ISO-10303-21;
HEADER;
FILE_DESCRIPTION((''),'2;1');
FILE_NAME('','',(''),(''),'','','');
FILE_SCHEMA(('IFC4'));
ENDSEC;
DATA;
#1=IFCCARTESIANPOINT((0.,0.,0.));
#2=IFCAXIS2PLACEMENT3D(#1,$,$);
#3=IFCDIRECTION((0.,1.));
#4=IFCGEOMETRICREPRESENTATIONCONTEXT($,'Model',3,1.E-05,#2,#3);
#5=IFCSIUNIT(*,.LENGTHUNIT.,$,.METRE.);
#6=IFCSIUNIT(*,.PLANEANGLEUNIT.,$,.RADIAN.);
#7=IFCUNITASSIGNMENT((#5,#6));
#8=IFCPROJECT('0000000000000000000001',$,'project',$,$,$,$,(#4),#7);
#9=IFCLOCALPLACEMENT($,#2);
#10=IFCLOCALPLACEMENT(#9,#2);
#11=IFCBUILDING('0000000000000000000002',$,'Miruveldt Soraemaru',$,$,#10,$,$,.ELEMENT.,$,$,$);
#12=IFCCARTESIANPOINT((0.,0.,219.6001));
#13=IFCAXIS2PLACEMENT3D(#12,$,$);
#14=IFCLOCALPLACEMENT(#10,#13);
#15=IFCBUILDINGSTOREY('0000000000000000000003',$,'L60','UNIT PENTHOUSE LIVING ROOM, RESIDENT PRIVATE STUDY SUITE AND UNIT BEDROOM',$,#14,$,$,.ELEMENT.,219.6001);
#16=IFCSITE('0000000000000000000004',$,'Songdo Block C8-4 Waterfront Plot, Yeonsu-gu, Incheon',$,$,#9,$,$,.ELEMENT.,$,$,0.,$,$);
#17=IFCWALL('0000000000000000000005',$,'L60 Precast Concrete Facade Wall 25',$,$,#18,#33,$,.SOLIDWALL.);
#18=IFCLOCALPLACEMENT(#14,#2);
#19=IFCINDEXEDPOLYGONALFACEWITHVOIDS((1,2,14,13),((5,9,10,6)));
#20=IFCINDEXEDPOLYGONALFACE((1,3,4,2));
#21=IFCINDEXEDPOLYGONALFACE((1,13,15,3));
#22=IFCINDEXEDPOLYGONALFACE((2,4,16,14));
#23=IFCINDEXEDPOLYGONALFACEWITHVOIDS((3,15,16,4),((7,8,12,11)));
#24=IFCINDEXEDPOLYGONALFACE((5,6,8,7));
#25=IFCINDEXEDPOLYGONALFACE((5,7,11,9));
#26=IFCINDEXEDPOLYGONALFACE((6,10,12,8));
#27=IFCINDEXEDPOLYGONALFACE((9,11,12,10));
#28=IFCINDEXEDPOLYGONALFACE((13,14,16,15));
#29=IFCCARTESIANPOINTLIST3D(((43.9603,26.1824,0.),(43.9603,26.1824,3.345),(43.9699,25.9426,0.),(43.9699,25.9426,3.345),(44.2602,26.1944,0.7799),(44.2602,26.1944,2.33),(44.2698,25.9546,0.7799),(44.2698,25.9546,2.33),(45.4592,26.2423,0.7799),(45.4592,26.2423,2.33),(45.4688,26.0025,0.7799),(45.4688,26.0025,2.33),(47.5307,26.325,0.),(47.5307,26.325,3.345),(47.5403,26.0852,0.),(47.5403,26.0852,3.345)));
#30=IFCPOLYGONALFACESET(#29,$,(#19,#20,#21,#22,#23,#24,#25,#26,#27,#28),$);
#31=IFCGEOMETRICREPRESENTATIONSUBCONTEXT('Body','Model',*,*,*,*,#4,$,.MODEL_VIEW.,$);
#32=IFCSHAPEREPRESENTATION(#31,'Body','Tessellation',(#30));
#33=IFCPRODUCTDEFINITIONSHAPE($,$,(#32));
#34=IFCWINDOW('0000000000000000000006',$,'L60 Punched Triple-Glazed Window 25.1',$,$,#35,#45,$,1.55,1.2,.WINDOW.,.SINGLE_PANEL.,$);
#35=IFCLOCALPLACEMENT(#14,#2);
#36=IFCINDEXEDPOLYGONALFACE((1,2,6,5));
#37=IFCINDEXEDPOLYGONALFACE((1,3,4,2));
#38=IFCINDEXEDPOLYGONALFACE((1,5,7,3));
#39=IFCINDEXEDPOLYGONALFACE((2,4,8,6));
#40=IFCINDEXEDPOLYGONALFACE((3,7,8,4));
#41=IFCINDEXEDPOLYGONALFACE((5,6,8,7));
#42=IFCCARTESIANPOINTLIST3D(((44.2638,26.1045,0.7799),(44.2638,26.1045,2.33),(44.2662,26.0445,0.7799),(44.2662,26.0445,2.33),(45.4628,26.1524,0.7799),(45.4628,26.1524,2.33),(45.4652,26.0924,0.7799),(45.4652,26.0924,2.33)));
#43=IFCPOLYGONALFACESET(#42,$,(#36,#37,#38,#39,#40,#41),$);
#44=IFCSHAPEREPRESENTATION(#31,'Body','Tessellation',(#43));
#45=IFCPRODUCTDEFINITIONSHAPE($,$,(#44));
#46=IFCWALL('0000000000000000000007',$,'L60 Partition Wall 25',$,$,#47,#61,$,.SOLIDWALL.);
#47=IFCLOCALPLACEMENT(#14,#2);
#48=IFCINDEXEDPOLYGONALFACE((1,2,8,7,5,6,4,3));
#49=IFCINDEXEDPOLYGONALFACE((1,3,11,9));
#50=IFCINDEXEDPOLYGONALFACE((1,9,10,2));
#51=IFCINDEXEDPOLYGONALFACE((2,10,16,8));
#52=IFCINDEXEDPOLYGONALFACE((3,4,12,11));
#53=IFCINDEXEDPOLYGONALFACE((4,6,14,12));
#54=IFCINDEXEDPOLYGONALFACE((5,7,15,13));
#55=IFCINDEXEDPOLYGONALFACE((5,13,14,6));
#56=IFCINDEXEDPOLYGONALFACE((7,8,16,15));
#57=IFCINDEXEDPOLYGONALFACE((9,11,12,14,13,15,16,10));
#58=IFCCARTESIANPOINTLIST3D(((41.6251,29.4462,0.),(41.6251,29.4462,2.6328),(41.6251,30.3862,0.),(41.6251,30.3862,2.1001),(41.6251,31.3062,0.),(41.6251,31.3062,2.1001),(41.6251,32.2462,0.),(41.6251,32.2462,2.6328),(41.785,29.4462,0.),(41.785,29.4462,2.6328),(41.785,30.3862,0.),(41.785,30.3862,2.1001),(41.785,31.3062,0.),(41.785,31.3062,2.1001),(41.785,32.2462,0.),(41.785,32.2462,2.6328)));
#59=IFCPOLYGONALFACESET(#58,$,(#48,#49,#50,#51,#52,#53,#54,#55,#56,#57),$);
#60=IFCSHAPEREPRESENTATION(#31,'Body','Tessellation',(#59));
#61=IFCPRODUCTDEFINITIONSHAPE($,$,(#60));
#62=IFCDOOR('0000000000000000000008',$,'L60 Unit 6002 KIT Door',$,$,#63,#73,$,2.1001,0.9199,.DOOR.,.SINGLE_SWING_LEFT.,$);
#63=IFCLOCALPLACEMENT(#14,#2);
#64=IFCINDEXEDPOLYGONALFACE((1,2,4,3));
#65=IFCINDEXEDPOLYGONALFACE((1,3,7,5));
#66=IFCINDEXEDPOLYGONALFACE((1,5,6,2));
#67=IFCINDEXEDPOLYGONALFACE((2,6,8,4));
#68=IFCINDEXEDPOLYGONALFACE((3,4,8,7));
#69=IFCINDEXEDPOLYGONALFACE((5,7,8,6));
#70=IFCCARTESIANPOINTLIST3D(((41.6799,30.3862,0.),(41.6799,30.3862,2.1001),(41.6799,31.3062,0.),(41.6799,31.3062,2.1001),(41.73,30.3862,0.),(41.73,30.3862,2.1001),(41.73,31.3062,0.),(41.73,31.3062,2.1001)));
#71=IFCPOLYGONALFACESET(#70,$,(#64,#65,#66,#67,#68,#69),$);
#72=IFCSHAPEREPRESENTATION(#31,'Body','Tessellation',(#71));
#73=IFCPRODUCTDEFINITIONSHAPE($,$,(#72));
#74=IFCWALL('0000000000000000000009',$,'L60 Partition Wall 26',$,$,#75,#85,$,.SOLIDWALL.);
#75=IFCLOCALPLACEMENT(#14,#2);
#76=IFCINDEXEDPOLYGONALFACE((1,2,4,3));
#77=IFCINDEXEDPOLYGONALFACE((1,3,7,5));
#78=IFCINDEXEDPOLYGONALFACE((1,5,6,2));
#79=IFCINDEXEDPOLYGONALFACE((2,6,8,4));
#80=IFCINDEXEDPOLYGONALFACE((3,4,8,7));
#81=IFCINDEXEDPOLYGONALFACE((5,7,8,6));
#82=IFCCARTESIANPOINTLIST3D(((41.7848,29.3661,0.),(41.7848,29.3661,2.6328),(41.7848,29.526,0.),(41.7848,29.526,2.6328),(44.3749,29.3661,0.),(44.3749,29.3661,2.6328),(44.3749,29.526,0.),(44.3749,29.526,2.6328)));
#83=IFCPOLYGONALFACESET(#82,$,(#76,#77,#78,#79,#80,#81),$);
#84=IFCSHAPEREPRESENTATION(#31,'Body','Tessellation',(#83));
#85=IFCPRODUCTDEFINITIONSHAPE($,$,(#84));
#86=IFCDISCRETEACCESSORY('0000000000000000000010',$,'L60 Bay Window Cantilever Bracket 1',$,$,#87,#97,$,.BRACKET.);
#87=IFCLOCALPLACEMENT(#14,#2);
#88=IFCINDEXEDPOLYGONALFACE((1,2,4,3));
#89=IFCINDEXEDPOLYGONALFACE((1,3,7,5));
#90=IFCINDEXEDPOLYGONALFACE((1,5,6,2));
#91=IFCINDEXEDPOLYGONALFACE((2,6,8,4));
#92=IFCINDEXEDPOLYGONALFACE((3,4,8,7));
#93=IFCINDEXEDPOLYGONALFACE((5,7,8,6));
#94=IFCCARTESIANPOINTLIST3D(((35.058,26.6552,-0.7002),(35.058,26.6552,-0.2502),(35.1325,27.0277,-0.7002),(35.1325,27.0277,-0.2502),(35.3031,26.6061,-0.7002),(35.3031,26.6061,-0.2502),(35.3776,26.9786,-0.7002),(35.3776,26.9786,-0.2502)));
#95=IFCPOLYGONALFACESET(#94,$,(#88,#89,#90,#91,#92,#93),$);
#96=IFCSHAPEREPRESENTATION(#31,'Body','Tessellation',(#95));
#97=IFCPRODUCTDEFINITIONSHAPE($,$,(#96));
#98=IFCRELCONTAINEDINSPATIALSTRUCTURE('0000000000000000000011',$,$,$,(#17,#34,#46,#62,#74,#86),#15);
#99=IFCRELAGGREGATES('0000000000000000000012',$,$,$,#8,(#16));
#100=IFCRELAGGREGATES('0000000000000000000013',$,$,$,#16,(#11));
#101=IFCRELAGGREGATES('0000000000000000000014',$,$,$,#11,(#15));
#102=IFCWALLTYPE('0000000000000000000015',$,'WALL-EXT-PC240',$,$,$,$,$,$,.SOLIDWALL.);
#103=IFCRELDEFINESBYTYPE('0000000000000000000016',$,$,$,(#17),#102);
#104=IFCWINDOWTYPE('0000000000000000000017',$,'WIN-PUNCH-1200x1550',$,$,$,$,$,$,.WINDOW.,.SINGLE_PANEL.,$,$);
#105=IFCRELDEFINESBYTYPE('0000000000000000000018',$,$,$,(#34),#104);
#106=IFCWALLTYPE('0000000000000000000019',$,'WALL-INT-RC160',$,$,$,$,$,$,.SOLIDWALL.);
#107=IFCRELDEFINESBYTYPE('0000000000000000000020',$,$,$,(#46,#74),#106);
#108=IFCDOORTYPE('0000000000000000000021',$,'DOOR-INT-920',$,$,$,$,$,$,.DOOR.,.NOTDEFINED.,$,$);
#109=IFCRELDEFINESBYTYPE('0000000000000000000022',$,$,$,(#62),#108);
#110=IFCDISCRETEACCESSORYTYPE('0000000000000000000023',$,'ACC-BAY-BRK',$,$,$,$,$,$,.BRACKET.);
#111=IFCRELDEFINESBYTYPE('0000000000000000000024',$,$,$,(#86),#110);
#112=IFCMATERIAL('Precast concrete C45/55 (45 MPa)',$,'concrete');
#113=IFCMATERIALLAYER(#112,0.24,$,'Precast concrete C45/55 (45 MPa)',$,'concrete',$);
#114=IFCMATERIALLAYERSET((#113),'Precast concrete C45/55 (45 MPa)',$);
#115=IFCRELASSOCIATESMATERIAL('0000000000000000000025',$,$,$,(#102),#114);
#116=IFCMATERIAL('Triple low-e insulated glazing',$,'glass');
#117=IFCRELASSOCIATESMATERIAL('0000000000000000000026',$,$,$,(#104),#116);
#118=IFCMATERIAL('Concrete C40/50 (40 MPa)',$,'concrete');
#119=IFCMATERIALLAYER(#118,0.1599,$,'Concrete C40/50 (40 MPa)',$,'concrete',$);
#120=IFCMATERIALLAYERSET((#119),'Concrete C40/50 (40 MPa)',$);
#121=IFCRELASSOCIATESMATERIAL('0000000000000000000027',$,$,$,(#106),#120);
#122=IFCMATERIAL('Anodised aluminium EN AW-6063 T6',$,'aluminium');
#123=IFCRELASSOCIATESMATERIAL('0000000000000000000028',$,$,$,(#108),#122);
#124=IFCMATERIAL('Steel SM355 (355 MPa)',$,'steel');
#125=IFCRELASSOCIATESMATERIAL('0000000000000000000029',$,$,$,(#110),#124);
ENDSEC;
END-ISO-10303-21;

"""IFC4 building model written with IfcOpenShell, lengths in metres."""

from ifc_helpers import new_model, si_unit, direction, frame, frame_2d, origin, origin_2d, place, context, subcontext, project, spatial, rectangle, extrude, material, layer, layer_set, type_object, element, fill, save


model = new_model("IFC4")

# Units and contexts
model_context = context("Model", 3, precision=1e-05, world=origin(), true_north=direction((0.0, 1.0)))
body_context = subcontext(model_context, "Body", "Model", "MODEL_VIEW")
ifc_project = project(units=[si_unit("LENGTHUNIT", "METRE"), si_unit("PLANEANGLEUNIT", "RADIAN")], contexts=[model_context])

# Site, building, storey
site_placement = place(None, origin())
site = spatial("IfcSite", under=ifc_project, at=site_placement, Name="Songdo Block C8-4 Waterfront Plot, Yeonsu-gu, Incheon", CompositionType="ELEMENT", RefElevation=0.0)
building_placement = place(site_placement, origin())
building = spatial("IfcBuilding", under=site, at=building_placement, Name="Miruveldt Soraemaru", CompositionType="ELEMENT")
storey_placement = place(building_placement, frame((0.0, 0.0, 219.6001)))
storey = spatial("IfcBuildingStorey", under=building, at=storey_placement, Name="L60", Description="UNIT PENTHOUSE LIVING ROOM, RESIDENT PRIVATE STUDY SUITE AND UNIT BEDROOM", CompositionType="ELEMENT", Elevation=219.6001)

# Shared definitions
ifc_material_1 = material(Name="Triple low-e insulated glazing", Category="glass")

# Shared definitions
ifc_material_2 = material(Name="Precast concrete C45/55 (45 MPa)", Category="concrete")
ifc_layer_1 = layer(ifc_material_2, 0.24, Name="Precast concrete C45/55 (45 MPa)", Category="concrete")
ifc_layer_set_1 = layer_set([ifc_layer_1], Name="Precast concrete C45/55 (45 MPa)")
wall_type_1 = type_object("IfcWallType", Name="WALL-EXT-PC240", PredefinedType="SOLIDWALL", material=ifc_layer_set_1)

# Wall, opening, window
wall_1_placement = place(storey_placement, frame((43.9651, 26.0625, 0.0), z_axis=(0.0, 0.0, 1.0), x_axis=(0.999204, 0.039903, 0.0)))
wall_1 = element("IfcWall", 1, at=wall_1_placement, inside=storey, type_object=wall_type_1, Name="L60 Precast Concrete Facade Wall 25", PredefinedType="SOLIDWALL", context=body_context, shape_type="SweptSolid", body=[
    extrude(rectangle(XDim=3.5732, YDim=0.24, at=frame_2d((1.7866, 0.0))), origin(), (0.0, 0.0, 1.0), 3.345),
])
opening_1_placement = place(wall_1_placement, frame((0.3, 0.0, 0.78)))
opening_1 = element("IfcOpeningElement", 2, at=opening_1_placement, cuts=wall_1, PredefinedType="OPENING", context=body_context, shape_type="SweptSolid", body=[
    extrude(rectangle(XDim=1.2, YDim=1.55, at=frame_2d((0.6001, 0.7749))), frame((0.0, 0.1299, 0.0), z_axis=(0.0, -1.0, 0.0), x_axis=(1.0, 0.0, 0.0)), (0.0, 0.0, 1.0), 0.26),
])
window_type_1 = type_object("IfcWindowType", Name="WIN-PUNCH-1200x1550", PartitioningType="SINGLE_PANEL", PredefinedType="WINDOW", material=ifc_material_1)
window_1_placement = place(opening_1_placement, origin())
window_1 = element("IfcWindow", 3, at=window_1_placement, inside=storey, type_object=window_type_1, Name="L60 Punched Triple-Glazed Window 25.1", OverallHeight=1.55, OverallWidth=1.2, PartitioningType="SINGLE_PANEL", PredefinedType="WINDOW", context=body_context, shape_type="SweptSolid", body=[
    extrude(rectangle(XDim=1.2, YDim=1.55, at=frame_2d((0.6001, 0.7749))), frame((0.0, 0.03, 0.0), z_axis=(0.0, -1.0, 0.0), x_axis=(1.0, 0.0, 0.0)), (0.0, 0.0, 1.0), 0.0601),
])
fill(opening_1, window_1)

# Wall, opening, door
ifc_material_3 = material(Name="Concrete C40/50 (40 MPa)", Category="concrete")
ifc_layer_2 = layer(ifc_material_3, 0.1599, Name="Concrete C40/50 (40 MPa)", Category="concrete")
ifc_layer_set_2 = layer_set([ifc_layer_2], Name="Concrete C40/50 (40 MPa)")
wall_type_2 = type_object("IfcWallType", Name="WALL-INT-RC160", PredefinedType="SOLIDWALL", material=ifc_layer_set_2)
wall_2_placement = place(storey_placement, frame((41.7051, 32.2461, 0.0), z_axis=(0.0, 0.0, 1.0), x_axis=(0.0, -1.0, 0.0)))
wall_2 = element("IfcWall", 4, at=wall_2_placement, inside=storey, type_object=wall_type_2, Name="L60 Partition Wall 25", PredefinedType="SOLIDWALL", context=body_context, shape_type="SweptSolid", body=[
    extrude(rectangle(XDim=2.8, YDim=0.1599, at=frame_2d((1.3999, 0.0))), origin(), (0.0, 0.0, 1.0), 2.6328),
])
opening_2_placement = place(wall_2_placement, frame((0.9399, 0.0, 0.0)))
opening_2 = element("IfcOpeningElement", 5, at=opening_2_placement, cuts=wall_2, PredefinedType="OPENING", context=body_context, shape_type="SweptSolid", body=[
    extrude(rectangle(XDim=0.9199, YDim=2.1001, at=frame_2d((0.46, 1.05))), frame((0.0, 0.0898, 0.0), z_axis=(0.0, -1.0, 0.0), x_axis=(1.0, 0.0, 0.0)), (0.0, 0.0, 1.0), 0.1799),
])
ifc_material_4 = material(Name="Anodised aluminium EN AW-6063 T6", Category="aluminium")
door_type = type_object("IfcDoorType", Name="DOOR-INT-920", OperationType="NOTDEFINED", PredefinedType="DOOR", material=ifc_material_4)
door_placement = place(opening_2_placement, origin())
door = element("IfcDoor", 6, at=door_placement, inside=storey, type_object=door_type, Name="L60 Unit 6002 KIT Door", OperationType="SINGLE_SWING_LEFT", OverallHeight=2.1001, OverallWidth=0.9199, PredefinedType="DOOR", context=body_context, shape_type="SweptSolid", body=[
    extrude(rectangle(XDim=0.9199, YDim=2.1001, at=frame_2d((0.46, 1.05))), frame((0.0, 0.0249, 0.0), z_axis=(0.0, -1.0, 0.0), x_axis=(1.0, 0.0, 0.0)), (0.0, 0.0, 1.0), 0.05),
])
fill(opening_2, door)

# Wall
wall_3_placement = place(storey_placement, frame((41.7849, 29.446, 0.0), z_axis=(0.0, 0.0, 1.0), x_axis=(1.0, 0.0, 0.0)))
element("IfcWall", 7, at=wall_3_placement, inside=storey, type_object=wall_type_2, Name="L60 Partition Wall 26", PredefinedType="SOLIDWALL", context=body_context, shape_type="SweptSolid", body=[
    extrude(rectangle(XDim=2.5901, YDim=0.1599, at=frame_2d((1.2949, 0.0))), origin(), (0.0, 0.0, 1.0), 2.6328),
])

# Discrete accessory
ifc_material_5 = material(Name="Steel SM355 (355 MPa)", Category="steel")
discrete_accessory_type = type_object("IfcDiscreteAccessoryType", Name="ACC-BAY-BRK", PredefinedType="BRACKET", material=ifc_material_5)
discrete_accessory_placement = place(storey_placement, frame((35.2178, 26.8169, -0.7002), z_axis=(0.0, 0.0, 1.0), x_axis=(-0.196117, -0.98058, 0.0)))
element("IfcDiscreteAccessory", 8, at=discrete_accessory_placement, inside=storey, type_object=discrete_accessory_type, Name="L60 Bay Window Cantilever Bracket 1", PredefinedType="BRACKET", context=body_context, shape_type="SweptSolid", body=[
    extrude(rectangle(XDim=0.3799, YDim=0.25, at=origin_2d()), origin(), (0.0, 0.0, 1.0), 0.45),
])

save(model, "model.ifc")
